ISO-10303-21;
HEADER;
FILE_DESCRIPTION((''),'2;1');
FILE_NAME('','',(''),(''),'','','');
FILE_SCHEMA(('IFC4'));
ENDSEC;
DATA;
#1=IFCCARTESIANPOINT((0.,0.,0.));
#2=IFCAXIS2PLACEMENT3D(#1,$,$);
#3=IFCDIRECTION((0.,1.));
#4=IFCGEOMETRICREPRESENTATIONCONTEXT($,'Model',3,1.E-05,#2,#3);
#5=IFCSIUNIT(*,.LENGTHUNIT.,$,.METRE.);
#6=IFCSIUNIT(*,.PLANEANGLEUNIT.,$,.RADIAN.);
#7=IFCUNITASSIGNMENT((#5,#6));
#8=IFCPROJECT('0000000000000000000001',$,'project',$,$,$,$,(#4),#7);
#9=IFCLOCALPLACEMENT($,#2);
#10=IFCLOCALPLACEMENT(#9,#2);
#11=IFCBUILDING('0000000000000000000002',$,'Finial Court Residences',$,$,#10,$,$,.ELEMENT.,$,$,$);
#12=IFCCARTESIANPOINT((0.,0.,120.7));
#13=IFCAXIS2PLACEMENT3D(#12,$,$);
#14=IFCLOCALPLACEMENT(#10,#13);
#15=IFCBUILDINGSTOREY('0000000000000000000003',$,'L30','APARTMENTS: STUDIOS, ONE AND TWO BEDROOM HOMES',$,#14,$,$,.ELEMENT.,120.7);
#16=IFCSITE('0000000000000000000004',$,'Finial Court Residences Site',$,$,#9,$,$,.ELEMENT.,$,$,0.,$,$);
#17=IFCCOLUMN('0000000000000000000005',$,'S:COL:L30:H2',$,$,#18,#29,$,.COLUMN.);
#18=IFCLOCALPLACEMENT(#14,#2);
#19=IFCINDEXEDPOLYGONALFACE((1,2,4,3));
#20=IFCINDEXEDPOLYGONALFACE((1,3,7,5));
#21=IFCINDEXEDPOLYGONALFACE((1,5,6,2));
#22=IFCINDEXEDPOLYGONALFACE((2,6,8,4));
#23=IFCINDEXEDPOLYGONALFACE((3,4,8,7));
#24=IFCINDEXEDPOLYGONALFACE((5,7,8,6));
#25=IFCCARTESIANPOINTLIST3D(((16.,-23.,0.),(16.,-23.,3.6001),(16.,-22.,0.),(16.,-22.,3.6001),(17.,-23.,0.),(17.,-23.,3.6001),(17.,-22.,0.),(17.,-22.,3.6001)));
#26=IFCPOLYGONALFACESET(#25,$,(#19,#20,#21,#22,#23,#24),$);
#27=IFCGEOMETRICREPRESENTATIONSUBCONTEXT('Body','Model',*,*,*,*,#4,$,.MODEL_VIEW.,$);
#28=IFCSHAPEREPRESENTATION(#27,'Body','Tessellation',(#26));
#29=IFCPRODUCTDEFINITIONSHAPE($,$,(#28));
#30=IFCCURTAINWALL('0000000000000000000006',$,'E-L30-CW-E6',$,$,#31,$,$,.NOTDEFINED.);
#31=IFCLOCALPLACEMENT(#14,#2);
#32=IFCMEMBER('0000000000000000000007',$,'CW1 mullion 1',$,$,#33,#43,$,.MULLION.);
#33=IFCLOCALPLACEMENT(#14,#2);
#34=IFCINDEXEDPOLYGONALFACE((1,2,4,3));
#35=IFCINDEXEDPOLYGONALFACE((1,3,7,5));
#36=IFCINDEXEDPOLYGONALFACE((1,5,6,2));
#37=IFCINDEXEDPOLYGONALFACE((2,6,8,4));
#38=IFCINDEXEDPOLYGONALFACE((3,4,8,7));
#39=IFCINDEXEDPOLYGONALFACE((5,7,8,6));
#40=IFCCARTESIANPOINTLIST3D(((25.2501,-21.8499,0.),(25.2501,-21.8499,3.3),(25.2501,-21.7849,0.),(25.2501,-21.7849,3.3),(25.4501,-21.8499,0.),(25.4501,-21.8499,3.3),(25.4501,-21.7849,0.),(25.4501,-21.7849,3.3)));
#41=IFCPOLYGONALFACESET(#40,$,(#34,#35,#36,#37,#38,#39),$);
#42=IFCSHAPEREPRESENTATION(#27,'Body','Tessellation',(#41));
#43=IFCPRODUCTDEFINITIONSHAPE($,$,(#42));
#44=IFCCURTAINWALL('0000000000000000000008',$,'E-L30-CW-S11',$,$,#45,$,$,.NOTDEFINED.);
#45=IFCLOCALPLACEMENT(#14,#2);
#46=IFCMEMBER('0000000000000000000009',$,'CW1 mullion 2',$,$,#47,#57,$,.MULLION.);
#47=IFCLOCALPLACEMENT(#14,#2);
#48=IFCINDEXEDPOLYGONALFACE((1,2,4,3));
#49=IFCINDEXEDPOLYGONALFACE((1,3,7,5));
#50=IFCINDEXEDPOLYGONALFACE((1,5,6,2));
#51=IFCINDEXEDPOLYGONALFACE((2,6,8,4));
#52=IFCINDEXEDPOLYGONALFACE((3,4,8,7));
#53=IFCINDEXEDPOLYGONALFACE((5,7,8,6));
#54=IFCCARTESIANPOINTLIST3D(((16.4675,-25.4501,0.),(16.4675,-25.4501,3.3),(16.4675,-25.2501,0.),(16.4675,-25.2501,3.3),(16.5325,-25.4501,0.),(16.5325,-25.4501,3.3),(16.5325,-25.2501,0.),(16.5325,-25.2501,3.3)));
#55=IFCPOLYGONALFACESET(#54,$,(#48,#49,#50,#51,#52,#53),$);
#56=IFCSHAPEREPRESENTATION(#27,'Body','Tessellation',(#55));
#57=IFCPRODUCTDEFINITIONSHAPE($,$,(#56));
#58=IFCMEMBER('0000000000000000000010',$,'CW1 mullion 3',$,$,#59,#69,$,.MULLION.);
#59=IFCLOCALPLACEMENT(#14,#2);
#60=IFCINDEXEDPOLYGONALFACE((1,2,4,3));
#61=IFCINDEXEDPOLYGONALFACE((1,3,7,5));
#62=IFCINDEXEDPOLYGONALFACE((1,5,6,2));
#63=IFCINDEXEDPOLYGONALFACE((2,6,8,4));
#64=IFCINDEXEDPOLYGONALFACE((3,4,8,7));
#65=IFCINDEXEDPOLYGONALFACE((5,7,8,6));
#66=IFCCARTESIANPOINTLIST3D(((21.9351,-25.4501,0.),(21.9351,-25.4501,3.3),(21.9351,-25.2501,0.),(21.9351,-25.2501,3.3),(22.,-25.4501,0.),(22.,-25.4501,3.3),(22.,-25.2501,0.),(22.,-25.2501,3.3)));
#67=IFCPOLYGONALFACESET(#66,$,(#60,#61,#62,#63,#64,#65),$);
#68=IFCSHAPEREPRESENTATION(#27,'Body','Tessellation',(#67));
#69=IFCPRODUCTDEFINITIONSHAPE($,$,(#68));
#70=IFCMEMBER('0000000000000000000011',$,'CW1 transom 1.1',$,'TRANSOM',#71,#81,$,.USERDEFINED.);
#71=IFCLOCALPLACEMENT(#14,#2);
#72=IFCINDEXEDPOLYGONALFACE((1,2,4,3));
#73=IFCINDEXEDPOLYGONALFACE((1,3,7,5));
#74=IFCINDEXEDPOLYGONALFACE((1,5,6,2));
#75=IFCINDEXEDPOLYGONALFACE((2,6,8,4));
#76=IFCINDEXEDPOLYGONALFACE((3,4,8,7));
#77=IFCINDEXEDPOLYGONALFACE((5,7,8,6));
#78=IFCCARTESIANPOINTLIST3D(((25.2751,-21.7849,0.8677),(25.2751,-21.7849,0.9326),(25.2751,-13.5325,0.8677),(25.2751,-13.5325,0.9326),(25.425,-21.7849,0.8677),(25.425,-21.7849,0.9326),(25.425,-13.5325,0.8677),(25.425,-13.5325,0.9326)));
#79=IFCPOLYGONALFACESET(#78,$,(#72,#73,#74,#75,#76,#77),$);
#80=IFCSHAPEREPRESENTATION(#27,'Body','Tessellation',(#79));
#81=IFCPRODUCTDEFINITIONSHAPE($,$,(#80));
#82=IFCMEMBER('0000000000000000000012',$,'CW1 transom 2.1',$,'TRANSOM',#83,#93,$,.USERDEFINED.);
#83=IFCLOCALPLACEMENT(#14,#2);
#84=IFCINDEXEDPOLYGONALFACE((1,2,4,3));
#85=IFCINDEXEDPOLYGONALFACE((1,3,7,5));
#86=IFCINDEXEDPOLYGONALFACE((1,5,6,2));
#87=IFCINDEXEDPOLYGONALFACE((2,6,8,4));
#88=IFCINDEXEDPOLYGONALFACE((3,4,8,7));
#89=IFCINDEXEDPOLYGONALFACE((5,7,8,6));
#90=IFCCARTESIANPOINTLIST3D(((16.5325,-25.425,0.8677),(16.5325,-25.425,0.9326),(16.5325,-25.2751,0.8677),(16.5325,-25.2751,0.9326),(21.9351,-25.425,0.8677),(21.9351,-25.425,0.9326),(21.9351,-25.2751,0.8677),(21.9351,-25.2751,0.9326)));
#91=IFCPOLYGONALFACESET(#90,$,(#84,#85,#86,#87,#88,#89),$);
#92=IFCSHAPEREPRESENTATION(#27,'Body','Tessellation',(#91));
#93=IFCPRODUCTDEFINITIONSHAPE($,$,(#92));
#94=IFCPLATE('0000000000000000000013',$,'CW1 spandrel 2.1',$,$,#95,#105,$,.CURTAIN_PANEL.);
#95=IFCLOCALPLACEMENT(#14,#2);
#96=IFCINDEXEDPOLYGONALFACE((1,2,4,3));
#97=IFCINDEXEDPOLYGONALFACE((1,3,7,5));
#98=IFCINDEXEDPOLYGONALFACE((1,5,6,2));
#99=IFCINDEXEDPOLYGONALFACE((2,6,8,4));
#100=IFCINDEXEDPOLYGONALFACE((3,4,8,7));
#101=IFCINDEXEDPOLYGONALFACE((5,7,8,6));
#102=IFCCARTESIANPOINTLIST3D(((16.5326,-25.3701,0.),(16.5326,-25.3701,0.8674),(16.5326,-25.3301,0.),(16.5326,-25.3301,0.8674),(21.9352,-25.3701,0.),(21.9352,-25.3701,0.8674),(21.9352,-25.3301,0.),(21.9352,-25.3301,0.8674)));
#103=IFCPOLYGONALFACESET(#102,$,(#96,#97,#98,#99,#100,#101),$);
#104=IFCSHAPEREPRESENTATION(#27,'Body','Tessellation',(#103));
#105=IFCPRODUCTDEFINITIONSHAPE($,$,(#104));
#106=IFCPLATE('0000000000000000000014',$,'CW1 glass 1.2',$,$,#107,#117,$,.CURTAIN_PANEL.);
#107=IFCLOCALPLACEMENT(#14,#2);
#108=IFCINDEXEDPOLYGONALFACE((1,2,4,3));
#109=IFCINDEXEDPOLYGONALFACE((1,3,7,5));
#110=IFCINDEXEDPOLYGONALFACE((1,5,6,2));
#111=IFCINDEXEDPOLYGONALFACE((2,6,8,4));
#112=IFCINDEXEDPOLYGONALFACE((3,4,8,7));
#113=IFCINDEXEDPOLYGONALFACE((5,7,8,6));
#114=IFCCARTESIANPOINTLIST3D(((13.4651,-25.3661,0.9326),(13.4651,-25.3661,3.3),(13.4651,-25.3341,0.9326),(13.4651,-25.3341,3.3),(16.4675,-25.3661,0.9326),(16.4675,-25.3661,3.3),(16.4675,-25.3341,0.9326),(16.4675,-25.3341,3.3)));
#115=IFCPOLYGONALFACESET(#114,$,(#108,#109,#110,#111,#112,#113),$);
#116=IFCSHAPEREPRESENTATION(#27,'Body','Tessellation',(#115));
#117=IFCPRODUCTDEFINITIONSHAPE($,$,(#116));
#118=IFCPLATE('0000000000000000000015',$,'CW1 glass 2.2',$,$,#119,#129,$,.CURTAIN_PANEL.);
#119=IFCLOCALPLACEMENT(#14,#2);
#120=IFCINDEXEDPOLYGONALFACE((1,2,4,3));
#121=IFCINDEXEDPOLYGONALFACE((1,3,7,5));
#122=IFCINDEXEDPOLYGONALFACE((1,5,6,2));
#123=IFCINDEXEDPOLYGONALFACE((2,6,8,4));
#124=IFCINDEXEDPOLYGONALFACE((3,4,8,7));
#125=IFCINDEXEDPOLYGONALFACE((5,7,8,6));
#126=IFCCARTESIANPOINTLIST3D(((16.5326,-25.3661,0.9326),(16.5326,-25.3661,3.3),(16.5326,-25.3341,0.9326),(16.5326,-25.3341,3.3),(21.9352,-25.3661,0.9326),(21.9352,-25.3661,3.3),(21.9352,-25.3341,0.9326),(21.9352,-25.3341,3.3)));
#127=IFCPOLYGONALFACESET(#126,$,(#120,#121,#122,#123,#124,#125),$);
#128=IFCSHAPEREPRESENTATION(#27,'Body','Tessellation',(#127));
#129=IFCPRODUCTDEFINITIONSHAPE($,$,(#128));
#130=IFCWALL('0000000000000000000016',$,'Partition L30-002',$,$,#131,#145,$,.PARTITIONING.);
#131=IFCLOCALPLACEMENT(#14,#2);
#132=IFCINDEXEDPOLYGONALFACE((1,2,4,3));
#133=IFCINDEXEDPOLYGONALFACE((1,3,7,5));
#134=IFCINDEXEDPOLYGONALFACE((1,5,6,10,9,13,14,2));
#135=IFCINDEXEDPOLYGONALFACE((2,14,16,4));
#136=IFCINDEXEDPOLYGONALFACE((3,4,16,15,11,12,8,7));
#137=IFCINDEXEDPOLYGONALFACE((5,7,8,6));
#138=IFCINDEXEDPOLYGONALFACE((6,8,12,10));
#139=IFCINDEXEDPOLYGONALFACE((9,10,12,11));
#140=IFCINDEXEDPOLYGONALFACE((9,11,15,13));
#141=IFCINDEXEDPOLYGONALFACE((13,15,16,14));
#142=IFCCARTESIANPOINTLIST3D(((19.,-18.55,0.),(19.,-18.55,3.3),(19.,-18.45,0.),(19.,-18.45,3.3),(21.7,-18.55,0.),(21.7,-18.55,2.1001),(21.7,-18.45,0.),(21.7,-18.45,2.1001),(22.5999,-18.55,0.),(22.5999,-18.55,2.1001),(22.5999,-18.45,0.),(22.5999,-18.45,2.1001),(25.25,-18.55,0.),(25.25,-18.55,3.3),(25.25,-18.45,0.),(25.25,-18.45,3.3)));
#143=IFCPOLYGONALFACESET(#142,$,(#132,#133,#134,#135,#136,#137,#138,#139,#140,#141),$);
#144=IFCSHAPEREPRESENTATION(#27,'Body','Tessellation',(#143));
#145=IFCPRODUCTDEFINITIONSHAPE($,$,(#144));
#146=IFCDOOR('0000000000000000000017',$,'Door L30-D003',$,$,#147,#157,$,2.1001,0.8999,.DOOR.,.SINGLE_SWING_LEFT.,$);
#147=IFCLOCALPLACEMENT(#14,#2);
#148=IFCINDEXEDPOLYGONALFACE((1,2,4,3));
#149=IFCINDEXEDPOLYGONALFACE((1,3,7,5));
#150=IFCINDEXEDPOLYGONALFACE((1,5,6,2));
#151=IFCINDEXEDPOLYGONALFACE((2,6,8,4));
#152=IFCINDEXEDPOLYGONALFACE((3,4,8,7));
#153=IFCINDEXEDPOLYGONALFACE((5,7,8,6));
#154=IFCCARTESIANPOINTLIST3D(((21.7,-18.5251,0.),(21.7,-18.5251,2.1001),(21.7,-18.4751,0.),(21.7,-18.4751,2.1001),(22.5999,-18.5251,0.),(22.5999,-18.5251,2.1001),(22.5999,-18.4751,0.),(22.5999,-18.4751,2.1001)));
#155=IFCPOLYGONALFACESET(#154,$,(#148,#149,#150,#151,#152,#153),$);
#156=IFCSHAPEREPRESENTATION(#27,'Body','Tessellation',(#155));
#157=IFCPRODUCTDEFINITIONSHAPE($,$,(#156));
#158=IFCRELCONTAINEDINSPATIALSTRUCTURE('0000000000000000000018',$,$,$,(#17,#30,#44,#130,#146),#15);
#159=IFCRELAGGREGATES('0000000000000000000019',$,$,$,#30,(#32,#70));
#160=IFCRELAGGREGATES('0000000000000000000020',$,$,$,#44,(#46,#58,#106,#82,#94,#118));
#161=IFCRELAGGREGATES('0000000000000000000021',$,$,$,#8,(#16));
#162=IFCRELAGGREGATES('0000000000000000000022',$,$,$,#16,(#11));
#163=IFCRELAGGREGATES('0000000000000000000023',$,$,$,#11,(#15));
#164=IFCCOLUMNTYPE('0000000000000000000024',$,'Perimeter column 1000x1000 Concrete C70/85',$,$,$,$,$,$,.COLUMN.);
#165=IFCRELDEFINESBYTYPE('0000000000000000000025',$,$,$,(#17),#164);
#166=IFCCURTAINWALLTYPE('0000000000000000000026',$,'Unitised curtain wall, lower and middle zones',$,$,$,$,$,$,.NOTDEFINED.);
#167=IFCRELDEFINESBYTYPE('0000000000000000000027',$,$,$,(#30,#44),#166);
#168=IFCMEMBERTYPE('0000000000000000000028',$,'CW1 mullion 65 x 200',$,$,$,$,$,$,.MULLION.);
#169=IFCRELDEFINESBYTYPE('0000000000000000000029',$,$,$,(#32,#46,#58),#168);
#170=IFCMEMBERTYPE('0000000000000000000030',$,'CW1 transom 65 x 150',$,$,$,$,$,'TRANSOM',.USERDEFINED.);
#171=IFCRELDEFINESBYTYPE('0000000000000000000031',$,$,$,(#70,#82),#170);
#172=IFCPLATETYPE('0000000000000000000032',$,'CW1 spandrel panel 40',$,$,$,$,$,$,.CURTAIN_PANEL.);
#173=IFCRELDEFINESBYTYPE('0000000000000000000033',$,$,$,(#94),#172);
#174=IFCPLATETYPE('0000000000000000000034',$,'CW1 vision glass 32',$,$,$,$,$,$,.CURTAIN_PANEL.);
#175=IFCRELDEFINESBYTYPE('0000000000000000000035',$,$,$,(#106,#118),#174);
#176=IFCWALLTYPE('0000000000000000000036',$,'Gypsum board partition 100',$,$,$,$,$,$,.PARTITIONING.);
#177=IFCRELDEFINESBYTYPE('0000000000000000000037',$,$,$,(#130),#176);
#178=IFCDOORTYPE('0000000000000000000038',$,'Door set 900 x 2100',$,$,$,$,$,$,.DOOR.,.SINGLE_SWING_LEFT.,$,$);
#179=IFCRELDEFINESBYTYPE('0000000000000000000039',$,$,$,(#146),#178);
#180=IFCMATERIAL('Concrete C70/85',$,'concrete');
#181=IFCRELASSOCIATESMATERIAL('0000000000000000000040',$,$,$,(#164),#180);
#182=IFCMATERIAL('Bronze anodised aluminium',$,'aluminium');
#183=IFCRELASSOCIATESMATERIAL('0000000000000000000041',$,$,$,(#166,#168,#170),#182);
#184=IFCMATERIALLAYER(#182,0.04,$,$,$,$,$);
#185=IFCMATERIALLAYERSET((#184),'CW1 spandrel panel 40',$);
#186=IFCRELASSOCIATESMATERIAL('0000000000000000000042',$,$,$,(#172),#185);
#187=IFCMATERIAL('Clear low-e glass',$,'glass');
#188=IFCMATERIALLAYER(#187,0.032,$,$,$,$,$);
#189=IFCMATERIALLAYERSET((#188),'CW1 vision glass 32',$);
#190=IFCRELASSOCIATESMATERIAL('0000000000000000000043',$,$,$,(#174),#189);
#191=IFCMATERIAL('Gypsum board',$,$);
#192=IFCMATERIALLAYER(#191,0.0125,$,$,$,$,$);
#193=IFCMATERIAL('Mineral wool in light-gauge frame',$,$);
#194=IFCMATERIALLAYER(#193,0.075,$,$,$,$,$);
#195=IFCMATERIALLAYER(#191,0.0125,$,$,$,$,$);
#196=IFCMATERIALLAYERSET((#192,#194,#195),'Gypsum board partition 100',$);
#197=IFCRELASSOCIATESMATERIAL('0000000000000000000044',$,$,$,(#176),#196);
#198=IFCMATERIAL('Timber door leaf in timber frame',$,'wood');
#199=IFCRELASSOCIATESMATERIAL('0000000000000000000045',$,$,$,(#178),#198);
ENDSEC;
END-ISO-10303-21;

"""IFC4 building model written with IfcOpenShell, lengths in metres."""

from ifc_helpers import new_model, si_unit, direction, frame, frame_2d, origin, origin_2d, place, context, subcontext, project, spatial, rectangle, extrude, material, layer, layer_set, material_profile, profile_set, type_object, element, fill, aggregate, save


model = new_model("IFC4")

# Units and contexts
model_context = context("Model", 3, precision=1e-05, world=origin(), true_north=direction((0.0, 1.0)))
body_context = subcontext(model_context, "Body", "Model", "MODEL_VIEW")
ifc_project = project(units=[si_unit("LENGTHUNIT", "METRE"), si_unit("PLANEANGLEUNIT", "RADIAN")], contexts=[model_context])

# Site, building, storey
site_placement = place(None, origin())
site = spatial("IfcSite", under=ifc_project, at=site_placement, Name="Finial Court Residences Site", CompositionType="ELEMENT", RefElevation=0.0)
building_placement = place(site_placement, origin())
building = spatial("IfcBuilding", under=site, at=building_placement, Name="Finial Court Residences", CompositionType="ELEMENT")
storey_placement = place(building_placement, frame((0.0, 0.0, 120.7)))
storey = spatial("IfcBuildingStorey", under=building, at=storey_placement, Name="L30", Description="APARTMENTS: STUDIOS, ONE AND TWO BEDROOM HOMES", CompositionType="ELEMENT", Elevation=120.7)

# Column
ifc_material_1 = material(Name="Concrete C70/85", Category="concrete")
ifc_material_profile_1 = material_profile(ifc_material_1, rectangle(XDim=1.0, YDim=1.0, at=origin_2d()), Name="1000x1000")
ifc_profile_set_1 = profile_set([ifc_material_profile_1], Name="Concrete C70/85")
column_type = type_object("IfcColumnType", Name="Perimeter column 1000x1000 Concrete C70/85", PredefinedType="COLUMN", material=ifc_profile_set_1)
column_placement = place(storey_placement, frame((16.5, -22.5, 0.0), z_axis=(0.0, 0.0, 1.0), x_axis=(1.0, 0.0, 0.0)))
element("IfcColumn", 1, at=column_placement, inside=storey, type_object=column_type, Name="S:COL:L30:H2", PredefinedType="COLUMN", context=body_context, shape_type="SweptSolid", body=[
    extrude(rectangle(XDim=1.0, YDim=1.0, at=origin_2d()), origin(), (0.0, 0.0, 1.0), 3.6001),
])

# Curtain wall, member
ifc_material_2 = material(Name="Bronze anodised aluminium", Category="aluminium")
curtain_wall_type = type_object("IfcCurtainWallType", Name="Unitised curtain wall, lower and middle zones", PredefinedType="NOTDEFINED", material=ifc_material_2)
curtain_wall_1_placement = place(storey_placement, origin())
curtain_wall_1 = element("IfcCurtainWall", 2, at=curtain_wall_1_placement, inside=storey, type_object=curtain_wall_type, Name="E-L30-CW-E6", PredefinedType="NOTDEFINED")
ifc_material_profile_2 = material_profile(ifc_material_2, rectangle(XDim=0.2, YDim=0.0649, at=origin_2d()), Name="CW1 mullion 65 x 200")
ifc_profile_set_2 = profile_set([ifc_material_profile_2], Name="Bronze anodised aluminium")
member_type_1 = type_object("IfcMemberType", Name="CW1 mullion 65 x 200", PredefinedType="MULLION", material=ifc_profile_set_2)
member_1_placement = place(storey_placement, frame((25.3501, -21.8174, 0.0), z_axis=(0.0, 0.0, 1.0), x_axis=(-1.0, 0.0, 0.0)))
member_1 = element("IfcMember", 3, at=member_1_placement, type_object=member_type_1, Name="CW1 mullion 1", PredefinedType="MULLION", context=body_context, shape_type="SweptSolid", body=[
    extrude(rectangle(XDim=0.2, YDim=0.0649, at=origin_2d()), origin(), (0.0, 0.0, 1.0), 3.3),
])

# Curtain wall, members
curtain_wall_2_placement = place(storey_placement, origin())
curtain_wall_2 = element("IfcCurtainWall", 4, at=curtain_wall_2_placement, inside=storey, type_object=curtain_wall_type, Name="E-L30-CW-S11", PredefinedType="NOTDEFINED")
member_2_placement = place(storey_placement, frame((16.5, -25.3501, 0.0), z_axis=(0.0, 0.0, 1.0), x_axis=(0.0, 1.0, 0.0)))
member_2 = element("IfcMember", 5, at=member_2_placement, type_object=member_type_1, Name="CW1 mullion 2", PredefinedType="MULLION", context=body_context, shape_type="SweptSolid", body=[
    extrude(rectangle(XDim=0.2, YDim=0.0649, at=origin_2d()), origin(), (0.0, 0.0, 1.0), 3.3),
])
member_3_placement = place(storey_placement, frame((21.9675, -25.3501, 0.0), z_axis=(0.0, 0.0, 1.0), x_axis=(0.0, 1.0, 0.0)))
member_3 = element("IfcMember", 6, at=member_3_placement, type_object=member_type_1, Name="CW1 mullion 3", PredefinedType="MULLION", context=body_context, shape_type="SweptSolid", body=[
    extrude(rectangle(XDim=0.2, YDim=0.0649, at=origin_2d()), origin(), (0.0, 0.0, 1.0), 3.3),
])

# Members
ifc_material_profile_3 = material_profile(ifc_material_2, rectangle(XDim=0.1499, YDim=0.0649, at=origin_2d()), Name="CW1 transom 65 x 150")
ifc_profile_set_3 = profile_set([ifc_material_profile_3], Name="Bronze anodised aluminium")
member_type_2 = type_object("IfcMemberType", Name="CW1 transom 65 x 150", ElementType="TRANSOM", PredefinedType="USERDEFINED", material=ifc_profile_set_3)
member_4_placement = place(storey_placement, frame((25.3501, -21.7849, 0.9001), z_axis=(0.0, 1.0, 0.0), x_axis=(-1.0, 0.0, 0.0)))
member_4 = element("IfcMember", 7, at=member_4_placement, type_object=member_type_2, Name="CW1 transom 1.1", ObjectType="TRANSOM", PredefinedType="USERDEFINED", context=body_context, shape_type="SweptSolid", body=[
    extrude(rectangle(XDim=0.1499, YDim=0.0649, at=origin_2d()), origin(), (0.0, 0.0, 1.0), 8.2524),
])
aggregate(curtain_wall_1, [member_1, member_4])
member_5_placement = place(storey_placement, frame((16.5325, -25.3501, 0.9001), z_axis=(1.0, 0.0, 0.0), x_axis=(0.0, 1.0, 0.0)))
member_5 = element("IfcMember", 8, at=member_5_placement, type_object=member_type_2, Name="CW1 transom 2.1", ObjectType="TRANSOM", PredefinedType="USERDEFINED", context=body_context, shape_type="SweptSolid", body=[
    extrude(rectangle(XDim=0.1499, YDim=0.0649, at=origin_2d()), origin(), (0.0, 0.0, 1.0), 5.4026),
])

# Plates
ifc_layer_1 = layer(ifc_material_2, 0.04)
ifc_layer_set_1 = layer_set([ifc_layer_1], Name="CW1 spandrel panel 40")
plate_type_1 = type_object("IfcPlateType", Name="CW1 spandrel panel 40", PredefinedType="CURTAIN_PANEL", material=ifc_layer_set_1)
plate_1_placement = place(storey_placement, frame((19.2339, -25.3501, 0.0), z_axis=(0.0, 0.0, 1.0), x_axis=(1.0, 0.0, 0.0)))
plate_1 = element("IfcPlate", 9, at=plate_1_placement, type_object=plate_type_1, Name="CW1 spandrel 2.1", PredefinedType="CURTAIN_PANEL", context=body_context, shape_type="SweptSolid", body=[
    extrude(rectangle(XDim=5.4026, YDim=0.04, at=origin_2d()), origin(), (0.0, 0.0, 1.0), 0.8674),
])
ifc_material_3 = material(Name="Clear low-e glass", Category="glass")
ifc_layer_2 = layer(ifc_material_3, 0.032)
ifc_layer_set_2 = layer_set([ifc_layer_2], Name="CW1 vision glass 32")
plate_type_2 = type_object("IfcPlateType", Name="CW1 vision glass 32", PredefinedType="CURTAIN_PANEL", material=ifc_layer_set_2)
plate_2_placement = place(storey_placement, frame((14.9663, -25.3501, 0.9326), z_axis=(0.0, 0.0, 1.0), x_axis=(1.0, 0.0, 0.0)))
plate_2 = element("IfcPlate", 10, at=plate_2_placement, type_object=plate_type_2, Name="CW1 glass 1.2", PredefinedType="CURTAIN_PANEL", context=body_context, shape_type="SweptSolid", body=[
    extrude(rectangle(XDim=3.0024, YDim=0.032, at=origin_2d()), origin(), (0.0, 0.0, 1.0), 2.3674),
])
plate_3_placement = place(storey_placement, frame((19.2339, -25.3501, 0.9326), z_axis=(0.0, 0.0, 1.0), x_axis=(1.0, 0.0, 0.0)))
plate_3 = element("IfcPlate", 11, at=plate_3_placement, type_object=plate_type_2, Name="CW1 glass 2.2", PredefinedType="CURTAIN_PANEL", context=body_context, shape_type="SweptSolid", body=[
    extrude(rectangle(XDim=5.4026, YDim=0.032, at=origin_2d()), origin(), (0.0, 0.0, 1.0), 2.3674),
])
aggregate(curtain_wall_2, [member_2, member_3, plate_2, member_5, plate_1, plate_3])

# Wall, opening, door
ifc_material_4 = material(Name="Gypsum board")
ifc_layer_3 = layer(ifc_material_4, 0.0125)
ifc_material_5 = material(Name="Mineral wool in light-gauge frame")
ifc_layer_4 = layer(ifc_material_5, 0.075)
ifc_layer_5 = layer(ifc_material_4, 0.0125)
ifc_layer_set_3 = layer_set([ifc_layer_3, ifc_layer_4, ifc_layer_5], Name="Gypsum board partition 100")
wall_type_1 = type_object("IfcWallType", Name="Gypsum board partition 100", PredefinedType="PARTITIONING", material=ifc_layer_set_3)
wall_1_placement = place(storey_placement, frame((19.0, -18.5, 0.0), z_axis=(0.0, 0.0, 1.0), x_axis=(1.0, 0.0, 0.0)))
wall_1 = element("IfcWall", 12, at=wall_1_placement, inside=storey, type_object=wall_type_1, Name="Partition L30-002", PredefinedType="PARTITIONING", context=body_context, shape_type="SweptSolid", body=[
    extrude(rectangle(XDim=6.25, YDim=0.1001, at=frame_2d((3.125, 0.0))), origin(), (0.0, 0.0, 1.0), 3.3),
])
opening_1_placement = place(wall_1_placement, frame((2.7, 0.0, 0.0)))
opening_1 = element("IfcOpeningElement", 13, at=opening_1_placement, cuts=wall_1, PredefinedType="OPENING", context=body_context, shape_type="SweptSolid", body=[
    extrude(rectangle(XDim=0.8999, YDim=2.1001, at=frame_2d((0.45, 1.05))), frame((0.0, 0.0601, 0.0), z_axis=(0.0, -1.0, 0.0), x_axis=(1.0, 0.0, 0.0)), (0.0, 0.0, 1.0), 0.1201),
])
ifc_material_6 = material(Name="Timber door leaf in timber frame", Category="wood")
door_type = type_object("IfcDoorType", Name="Door set 900 x 2100", OperationType="SINGLE_SWING_LEFT", PredefinedType="DOOR", material=ifc_material_6)
door_1_placement = place(opening_1_placement, origin())
door_1 = element("IfcDoor", 14, at=door_1_placement, inside=storey, type_object=door_type, Name="Door L30-D003", OperationType="SINGLE_SWING_LEFT", OverallHeight=2.1001, OverallWidth=0.8999, PredefinedType="DOOR", context=body_context, shape_type="SweptSolid", body=[
    extrude(rectangle(XDim=0.8999, YDim=2.1001, at=frame_2d((0.45, 1.05))), frame((0.0, 0.0249, 0.0), z_axis=(0.0, -1.0, 0.0), x_axis=(1.0, 0.0, 0.0)), (0.0, 0.0, 1.0), 0.05),
])
fill(opening_1, door_1)

save(model, "model.ifc")
